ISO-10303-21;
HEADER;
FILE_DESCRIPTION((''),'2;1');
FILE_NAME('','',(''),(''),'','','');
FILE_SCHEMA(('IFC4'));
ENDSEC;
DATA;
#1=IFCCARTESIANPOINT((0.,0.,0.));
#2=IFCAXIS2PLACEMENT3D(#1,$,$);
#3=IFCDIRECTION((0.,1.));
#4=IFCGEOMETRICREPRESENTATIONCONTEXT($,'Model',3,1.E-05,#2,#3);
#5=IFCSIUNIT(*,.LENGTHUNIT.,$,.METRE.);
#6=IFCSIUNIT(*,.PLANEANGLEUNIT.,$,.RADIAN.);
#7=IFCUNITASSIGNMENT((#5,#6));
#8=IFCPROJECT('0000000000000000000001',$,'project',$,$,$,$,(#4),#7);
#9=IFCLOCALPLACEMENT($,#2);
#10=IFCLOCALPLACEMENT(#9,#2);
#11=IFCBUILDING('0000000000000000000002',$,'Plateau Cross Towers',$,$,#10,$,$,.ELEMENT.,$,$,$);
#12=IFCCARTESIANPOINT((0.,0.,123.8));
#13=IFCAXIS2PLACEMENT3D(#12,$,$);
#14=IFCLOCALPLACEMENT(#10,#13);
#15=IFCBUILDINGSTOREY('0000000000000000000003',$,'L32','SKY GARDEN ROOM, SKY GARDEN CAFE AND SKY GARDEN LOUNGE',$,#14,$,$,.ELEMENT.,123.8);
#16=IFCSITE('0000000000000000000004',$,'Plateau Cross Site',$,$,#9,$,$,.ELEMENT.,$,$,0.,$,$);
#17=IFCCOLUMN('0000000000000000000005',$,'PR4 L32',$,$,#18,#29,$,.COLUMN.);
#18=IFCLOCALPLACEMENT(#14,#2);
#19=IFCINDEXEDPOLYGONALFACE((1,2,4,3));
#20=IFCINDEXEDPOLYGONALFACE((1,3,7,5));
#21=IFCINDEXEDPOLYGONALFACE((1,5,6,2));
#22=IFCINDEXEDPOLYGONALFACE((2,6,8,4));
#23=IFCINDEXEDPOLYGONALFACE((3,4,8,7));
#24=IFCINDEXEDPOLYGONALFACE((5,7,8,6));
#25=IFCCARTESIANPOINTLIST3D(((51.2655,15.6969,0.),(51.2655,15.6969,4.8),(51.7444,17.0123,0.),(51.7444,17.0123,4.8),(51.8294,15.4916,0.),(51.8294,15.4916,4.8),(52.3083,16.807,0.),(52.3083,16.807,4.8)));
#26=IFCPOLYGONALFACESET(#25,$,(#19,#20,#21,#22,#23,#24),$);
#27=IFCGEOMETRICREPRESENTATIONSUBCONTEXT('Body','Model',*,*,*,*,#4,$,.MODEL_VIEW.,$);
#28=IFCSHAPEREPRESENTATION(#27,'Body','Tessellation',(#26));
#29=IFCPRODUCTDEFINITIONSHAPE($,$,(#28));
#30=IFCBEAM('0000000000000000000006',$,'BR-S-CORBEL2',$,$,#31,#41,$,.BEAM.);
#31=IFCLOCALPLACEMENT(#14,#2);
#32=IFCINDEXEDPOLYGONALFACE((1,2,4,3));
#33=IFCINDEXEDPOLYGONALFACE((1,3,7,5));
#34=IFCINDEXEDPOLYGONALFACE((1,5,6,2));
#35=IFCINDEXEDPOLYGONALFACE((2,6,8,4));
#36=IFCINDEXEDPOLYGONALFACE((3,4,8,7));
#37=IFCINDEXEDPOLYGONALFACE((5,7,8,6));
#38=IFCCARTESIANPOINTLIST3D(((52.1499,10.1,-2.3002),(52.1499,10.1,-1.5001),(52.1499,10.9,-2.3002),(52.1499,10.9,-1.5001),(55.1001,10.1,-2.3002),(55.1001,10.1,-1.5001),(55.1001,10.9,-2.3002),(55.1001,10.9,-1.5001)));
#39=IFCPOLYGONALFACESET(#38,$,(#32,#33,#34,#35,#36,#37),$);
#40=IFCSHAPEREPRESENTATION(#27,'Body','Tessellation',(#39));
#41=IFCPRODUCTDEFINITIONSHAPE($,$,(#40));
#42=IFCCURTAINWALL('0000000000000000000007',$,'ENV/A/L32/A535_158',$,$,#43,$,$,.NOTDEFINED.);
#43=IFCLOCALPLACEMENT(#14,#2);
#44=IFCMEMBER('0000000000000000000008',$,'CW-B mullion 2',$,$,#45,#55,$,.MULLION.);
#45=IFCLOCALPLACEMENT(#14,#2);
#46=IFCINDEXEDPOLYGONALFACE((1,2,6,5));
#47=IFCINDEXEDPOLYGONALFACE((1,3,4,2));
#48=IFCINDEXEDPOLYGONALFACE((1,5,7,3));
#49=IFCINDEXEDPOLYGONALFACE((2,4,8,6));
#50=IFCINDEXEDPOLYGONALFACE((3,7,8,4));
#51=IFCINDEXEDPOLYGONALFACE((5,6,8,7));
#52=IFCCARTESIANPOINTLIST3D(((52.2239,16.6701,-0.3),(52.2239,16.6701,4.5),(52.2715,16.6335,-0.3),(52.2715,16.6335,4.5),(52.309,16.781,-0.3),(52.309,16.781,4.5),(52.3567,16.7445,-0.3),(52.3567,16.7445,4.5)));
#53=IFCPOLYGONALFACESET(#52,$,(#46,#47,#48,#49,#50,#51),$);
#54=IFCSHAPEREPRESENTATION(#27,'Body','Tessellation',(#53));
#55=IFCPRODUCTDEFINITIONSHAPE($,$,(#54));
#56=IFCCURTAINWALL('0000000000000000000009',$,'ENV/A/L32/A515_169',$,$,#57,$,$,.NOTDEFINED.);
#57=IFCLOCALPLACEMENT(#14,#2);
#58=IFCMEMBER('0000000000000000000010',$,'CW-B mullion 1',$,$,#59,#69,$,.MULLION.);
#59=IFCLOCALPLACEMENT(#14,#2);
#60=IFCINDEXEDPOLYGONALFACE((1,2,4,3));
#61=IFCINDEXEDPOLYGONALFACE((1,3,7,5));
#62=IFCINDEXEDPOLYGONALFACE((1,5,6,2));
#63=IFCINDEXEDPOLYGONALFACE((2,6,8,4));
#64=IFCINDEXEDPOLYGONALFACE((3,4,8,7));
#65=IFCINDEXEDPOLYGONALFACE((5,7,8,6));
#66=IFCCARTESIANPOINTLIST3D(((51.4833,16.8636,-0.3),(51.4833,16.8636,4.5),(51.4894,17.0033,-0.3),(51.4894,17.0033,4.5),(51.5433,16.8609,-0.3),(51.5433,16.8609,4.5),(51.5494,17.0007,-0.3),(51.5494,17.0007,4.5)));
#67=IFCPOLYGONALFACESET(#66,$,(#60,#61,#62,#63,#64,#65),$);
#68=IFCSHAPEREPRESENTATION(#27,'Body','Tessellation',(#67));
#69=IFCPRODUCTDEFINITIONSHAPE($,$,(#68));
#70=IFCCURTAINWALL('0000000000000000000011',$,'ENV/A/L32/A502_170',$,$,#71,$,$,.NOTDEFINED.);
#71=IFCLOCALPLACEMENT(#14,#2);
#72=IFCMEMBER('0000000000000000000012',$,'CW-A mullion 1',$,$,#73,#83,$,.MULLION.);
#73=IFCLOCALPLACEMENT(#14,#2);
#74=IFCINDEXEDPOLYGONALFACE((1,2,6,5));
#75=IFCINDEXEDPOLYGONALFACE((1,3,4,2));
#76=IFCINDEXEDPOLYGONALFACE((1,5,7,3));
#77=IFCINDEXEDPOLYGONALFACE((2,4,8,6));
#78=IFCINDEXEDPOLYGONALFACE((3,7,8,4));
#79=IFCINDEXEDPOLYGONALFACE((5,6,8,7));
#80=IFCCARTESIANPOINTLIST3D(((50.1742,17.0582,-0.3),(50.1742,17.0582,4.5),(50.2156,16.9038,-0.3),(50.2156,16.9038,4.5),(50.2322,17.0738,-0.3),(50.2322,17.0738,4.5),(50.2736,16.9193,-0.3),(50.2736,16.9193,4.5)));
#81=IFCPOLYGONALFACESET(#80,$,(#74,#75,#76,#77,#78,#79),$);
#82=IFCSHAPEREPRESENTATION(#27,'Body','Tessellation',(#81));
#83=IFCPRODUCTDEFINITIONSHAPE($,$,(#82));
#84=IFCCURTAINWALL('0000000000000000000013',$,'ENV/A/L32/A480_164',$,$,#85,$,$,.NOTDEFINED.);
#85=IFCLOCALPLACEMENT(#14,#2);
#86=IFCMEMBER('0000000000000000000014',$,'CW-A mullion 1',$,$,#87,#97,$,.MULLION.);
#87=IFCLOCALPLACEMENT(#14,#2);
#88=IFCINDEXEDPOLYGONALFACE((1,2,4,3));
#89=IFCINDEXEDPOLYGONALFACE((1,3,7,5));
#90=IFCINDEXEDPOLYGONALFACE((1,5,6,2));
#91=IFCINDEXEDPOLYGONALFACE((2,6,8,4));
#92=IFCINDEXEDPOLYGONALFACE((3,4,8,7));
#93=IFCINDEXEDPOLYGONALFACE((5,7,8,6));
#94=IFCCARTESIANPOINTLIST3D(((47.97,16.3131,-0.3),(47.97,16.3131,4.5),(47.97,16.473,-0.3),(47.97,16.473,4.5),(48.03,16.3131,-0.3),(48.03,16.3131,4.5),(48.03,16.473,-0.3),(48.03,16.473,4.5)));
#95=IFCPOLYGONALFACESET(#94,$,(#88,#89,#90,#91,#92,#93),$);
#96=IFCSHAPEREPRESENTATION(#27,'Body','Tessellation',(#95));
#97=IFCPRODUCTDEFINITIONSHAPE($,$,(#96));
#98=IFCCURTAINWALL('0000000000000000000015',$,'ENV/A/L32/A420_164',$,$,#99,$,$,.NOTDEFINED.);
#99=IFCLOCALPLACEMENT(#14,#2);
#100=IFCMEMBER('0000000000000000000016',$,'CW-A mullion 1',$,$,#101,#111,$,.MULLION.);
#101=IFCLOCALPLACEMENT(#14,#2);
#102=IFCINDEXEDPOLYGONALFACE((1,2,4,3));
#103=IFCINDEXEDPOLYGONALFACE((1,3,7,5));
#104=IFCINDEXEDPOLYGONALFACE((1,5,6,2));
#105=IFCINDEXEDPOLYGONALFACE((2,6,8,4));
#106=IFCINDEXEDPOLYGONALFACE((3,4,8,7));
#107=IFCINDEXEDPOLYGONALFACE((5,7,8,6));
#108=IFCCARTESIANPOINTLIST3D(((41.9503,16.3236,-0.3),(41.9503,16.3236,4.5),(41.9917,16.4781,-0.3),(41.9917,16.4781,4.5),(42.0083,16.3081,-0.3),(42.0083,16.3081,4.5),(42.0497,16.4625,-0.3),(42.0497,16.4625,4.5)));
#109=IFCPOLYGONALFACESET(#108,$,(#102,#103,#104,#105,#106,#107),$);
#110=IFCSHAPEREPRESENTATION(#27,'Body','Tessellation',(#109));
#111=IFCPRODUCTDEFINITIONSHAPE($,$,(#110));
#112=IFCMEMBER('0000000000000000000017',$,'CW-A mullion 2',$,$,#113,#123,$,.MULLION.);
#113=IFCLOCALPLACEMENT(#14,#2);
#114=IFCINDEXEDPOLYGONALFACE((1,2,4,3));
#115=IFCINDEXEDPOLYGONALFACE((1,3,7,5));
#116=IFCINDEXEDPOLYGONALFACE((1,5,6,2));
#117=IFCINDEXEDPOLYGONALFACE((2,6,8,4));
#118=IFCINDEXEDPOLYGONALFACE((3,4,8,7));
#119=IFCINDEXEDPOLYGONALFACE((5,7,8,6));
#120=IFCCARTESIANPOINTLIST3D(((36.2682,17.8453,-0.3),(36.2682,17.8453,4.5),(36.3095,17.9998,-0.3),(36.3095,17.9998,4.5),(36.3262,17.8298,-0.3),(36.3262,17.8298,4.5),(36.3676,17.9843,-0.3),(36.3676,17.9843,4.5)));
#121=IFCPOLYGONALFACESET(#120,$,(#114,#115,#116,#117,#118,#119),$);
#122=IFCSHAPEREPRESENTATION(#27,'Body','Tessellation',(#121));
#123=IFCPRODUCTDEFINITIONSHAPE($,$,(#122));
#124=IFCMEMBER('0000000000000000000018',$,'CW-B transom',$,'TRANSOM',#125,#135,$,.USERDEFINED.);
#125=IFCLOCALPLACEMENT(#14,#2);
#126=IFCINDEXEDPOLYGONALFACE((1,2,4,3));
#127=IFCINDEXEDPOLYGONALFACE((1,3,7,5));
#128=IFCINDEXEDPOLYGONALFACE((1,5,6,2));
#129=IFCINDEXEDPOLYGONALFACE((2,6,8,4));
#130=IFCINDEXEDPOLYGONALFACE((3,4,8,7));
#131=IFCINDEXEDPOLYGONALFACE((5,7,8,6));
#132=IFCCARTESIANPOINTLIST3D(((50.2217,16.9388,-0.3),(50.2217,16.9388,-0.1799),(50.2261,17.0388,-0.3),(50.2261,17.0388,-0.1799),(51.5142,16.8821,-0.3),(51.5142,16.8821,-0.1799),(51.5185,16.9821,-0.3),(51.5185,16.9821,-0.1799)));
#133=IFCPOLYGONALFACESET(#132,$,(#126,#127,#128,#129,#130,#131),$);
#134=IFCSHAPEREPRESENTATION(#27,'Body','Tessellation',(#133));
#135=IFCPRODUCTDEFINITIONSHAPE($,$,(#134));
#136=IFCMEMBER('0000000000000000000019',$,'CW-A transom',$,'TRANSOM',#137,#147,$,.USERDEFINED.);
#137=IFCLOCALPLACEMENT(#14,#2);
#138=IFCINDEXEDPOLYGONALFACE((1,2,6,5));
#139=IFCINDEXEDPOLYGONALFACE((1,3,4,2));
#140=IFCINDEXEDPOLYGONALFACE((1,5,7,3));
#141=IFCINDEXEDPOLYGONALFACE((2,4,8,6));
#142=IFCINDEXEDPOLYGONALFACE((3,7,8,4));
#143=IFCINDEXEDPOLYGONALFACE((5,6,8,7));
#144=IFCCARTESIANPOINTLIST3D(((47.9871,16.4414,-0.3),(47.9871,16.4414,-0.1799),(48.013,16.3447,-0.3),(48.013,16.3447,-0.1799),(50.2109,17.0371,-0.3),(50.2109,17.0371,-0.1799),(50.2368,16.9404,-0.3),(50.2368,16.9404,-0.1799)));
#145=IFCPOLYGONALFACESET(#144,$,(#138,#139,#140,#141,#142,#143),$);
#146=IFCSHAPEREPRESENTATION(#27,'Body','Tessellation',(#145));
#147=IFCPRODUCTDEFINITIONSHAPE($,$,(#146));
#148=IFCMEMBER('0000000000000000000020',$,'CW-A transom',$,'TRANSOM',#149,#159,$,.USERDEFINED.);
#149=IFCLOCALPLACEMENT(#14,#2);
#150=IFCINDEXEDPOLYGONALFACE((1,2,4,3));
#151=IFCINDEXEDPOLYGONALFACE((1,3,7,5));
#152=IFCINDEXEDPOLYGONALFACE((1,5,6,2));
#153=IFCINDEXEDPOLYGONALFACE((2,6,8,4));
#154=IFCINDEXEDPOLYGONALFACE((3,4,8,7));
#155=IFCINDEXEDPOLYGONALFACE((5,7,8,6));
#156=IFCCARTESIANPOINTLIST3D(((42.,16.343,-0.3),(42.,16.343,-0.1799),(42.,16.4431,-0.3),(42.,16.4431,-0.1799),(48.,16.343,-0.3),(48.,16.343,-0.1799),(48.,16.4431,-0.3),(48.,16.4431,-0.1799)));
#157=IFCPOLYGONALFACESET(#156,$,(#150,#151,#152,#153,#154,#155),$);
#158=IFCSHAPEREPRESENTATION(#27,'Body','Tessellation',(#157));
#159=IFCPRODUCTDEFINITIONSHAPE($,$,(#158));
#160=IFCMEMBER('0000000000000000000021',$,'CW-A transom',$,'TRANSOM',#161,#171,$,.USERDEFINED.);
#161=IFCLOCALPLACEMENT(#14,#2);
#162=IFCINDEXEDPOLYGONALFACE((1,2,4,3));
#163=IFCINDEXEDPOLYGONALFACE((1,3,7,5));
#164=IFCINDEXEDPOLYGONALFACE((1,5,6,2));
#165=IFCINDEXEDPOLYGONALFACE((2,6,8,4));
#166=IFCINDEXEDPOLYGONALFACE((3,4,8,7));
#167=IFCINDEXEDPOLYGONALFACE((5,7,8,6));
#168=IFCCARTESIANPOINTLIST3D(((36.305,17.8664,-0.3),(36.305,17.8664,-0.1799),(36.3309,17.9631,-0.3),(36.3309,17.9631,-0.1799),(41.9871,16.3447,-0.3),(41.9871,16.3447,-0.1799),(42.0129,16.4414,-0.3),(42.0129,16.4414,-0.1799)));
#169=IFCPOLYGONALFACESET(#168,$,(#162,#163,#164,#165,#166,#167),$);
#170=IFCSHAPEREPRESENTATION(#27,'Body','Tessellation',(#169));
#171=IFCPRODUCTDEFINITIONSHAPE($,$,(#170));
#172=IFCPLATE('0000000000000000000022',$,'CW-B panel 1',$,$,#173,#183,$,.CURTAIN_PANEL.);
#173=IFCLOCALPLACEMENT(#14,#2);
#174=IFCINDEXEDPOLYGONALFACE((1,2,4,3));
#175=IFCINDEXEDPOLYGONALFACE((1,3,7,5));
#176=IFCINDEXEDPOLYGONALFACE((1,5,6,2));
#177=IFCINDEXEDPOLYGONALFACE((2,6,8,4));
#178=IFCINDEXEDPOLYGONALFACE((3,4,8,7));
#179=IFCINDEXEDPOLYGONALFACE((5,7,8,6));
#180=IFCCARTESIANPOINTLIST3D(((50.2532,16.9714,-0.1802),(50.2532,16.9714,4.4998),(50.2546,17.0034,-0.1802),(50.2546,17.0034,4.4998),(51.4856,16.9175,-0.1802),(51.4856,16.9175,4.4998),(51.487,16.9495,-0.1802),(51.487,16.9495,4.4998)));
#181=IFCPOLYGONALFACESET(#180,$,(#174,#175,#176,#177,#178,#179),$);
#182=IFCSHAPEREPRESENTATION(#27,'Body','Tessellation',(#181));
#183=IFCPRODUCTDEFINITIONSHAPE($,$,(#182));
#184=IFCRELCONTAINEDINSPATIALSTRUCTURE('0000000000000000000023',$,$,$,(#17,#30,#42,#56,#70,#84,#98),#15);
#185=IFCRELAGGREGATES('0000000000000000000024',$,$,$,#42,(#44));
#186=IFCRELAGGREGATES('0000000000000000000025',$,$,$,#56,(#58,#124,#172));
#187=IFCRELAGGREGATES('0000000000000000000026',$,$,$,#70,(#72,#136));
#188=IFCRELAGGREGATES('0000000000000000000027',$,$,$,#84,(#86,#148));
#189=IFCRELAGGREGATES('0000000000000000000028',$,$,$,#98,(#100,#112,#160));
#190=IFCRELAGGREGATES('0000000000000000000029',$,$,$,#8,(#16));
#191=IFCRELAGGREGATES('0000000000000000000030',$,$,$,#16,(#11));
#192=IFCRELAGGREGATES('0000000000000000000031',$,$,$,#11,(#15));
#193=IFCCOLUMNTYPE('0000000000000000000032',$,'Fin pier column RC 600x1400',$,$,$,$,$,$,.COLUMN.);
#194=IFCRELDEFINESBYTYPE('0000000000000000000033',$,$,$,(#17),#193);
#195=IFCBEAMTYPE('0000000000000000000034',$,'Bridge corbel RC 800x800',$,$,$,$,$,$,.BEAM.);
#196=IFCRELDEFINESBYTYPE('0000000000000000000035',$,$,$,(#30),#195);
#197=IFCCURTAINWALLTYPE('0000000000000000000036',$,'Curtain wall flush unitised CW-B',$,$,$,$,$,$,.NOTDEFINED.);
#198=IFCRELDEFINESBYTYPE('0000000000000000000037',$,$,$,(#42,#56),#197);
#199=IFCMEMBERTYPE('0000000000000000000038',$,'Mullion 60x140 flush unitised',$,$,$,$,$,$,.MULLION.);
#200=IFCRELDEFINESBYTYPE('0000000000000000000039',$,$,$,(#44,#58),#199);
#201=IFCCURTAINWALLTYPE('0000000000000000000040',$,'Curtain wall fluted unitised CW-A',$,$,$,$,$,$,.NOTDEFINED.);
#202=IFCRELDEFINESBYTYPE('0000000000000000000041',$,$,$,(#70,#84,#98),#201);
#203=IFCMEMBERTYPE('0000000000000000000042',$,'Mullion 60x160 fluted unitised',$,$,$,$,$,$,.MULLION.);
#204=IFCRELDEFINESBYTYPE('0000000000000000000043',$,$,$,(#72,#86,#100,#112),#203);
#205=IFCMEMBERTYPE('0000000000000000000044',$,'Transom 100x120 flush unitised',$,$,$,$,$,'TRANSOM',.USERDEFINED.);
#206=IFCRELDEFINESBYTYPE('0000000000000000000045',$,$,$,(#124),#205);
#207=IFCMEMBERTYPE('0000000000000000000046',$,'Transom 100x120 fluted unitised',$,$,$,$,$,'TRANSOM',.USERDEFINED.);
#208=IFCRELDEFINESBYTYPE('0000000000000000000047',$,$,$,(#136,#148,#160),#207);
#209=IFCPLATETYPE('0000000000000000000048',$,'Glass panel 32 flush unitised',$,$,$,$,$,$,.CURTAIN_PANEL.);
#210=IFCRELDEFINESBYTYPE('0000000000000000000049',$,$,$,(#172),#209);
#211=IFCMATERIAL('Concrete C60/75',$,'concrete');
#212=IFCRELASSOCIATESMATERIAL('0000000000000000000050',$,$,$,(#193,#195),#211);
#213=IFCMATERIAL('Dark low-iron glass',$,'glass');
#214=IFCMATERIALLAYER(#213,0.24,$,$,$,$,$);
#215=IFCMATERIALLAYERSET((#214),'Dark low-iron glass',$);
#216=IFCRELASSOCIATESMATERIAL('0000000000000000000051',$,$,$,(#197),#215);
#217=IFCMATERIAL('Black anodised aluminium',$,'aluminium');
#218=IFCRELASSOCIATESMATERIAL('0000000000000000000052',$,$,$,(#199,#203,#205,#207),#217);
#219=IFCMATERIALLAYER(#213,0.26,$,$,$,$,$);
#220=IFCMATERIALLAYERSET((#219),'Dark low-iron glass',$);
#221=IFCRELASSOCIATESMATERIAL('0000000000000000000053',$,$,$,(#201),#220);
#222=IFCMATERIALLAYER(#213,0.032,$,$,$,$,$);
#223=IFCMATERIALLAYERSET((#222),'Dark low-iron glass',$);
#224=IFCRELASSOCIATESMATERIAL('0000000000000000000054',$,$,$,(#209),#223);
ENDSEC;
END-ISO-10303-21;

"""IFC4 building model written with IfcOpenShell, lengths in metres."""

from ifc_helpers import new_model, si_unit, direction, frame, origin, origin_2d, place, context, subcontext, project, spatial, rectangle, extrude, material, layer, layer_set, material_profile, profile_set, type_object, element, aggregate, save


model = new_model("IFC4")

# Units and contexts
model_context = context("Model", 3, precision=1e-05, world=origin(), true_north=direction((0.0, 1.0)))
body_context = subcontext(model_context, "Body", "Model", "MODEL_VIEW")
ifc_project = project(units=[si_unit("LENGTHUNIT", "METRE"), si_unit("PLANEANGLEUNIT", "RADIAN")], contexts=[model_context])

# Site, building, storey
site_placement = place(None, origin())
site = spatial("IfcSite", under=ifc_project, at=site_placement, Name="Plateau Cross Site", CompositionType="ELEMENT", RefElevation=0.0)
building_placement = place(site_placement, origin())
building = spatial("IfcBuilding", under=site, at=building_placement, Name="Plateau Cross Towers", CompositionType="ELEMENT")
storey_placement = place(building_placement, frame((0.0, 0.0, 123.8)))
storey = spatial("IfcBuildingStorey", under=building, at=storey_placement, Name="L32", Description="SKY GARDEN ROOM, SKY GARDEN CAFE AND SKY GARDEN LOUNGE", CompositionType="ELEMENT", Elevation=123.8)

# Column
ifc_material_1 = material(Name="Concrete C60/75", Category="concrete")
ifc_material_profile_1 = material_profile(ifc_material_1, rectangle(XDim=0.6001, YDim=1.3999, at=origin_2d()), Name="RC 600x1400")
ifc_profile_set_1 = profile_set([ifc_material_profile_1], Name="Concrete C60/75")
column_type = type_object("IfcColumnType", Name="Fin pier column RC 600x1400", PredefinedType="COLUMN", material=ifc_profile_set_1)
column_placement = place(storey_placement, frame((51.7869, 16.252, 0.0), z_axis=(0.0, 0.0, 1.0), x_axis=(-0.939664, 0.342098, 0.0)))
element("IfcColumn", 1, at=column_placement, inside=storey, type_object=column_type, Name="PR4 L32", PredefinedType="COLUMN", context=body_context, shape_type="SweptSolid", body=[
    extrude(rectangle(XDim=0.6001, YDim=1.3999, at=origin_2d()), origin(), (0.0, 0.0, 1.0), 4.8),
])

# Beam
ifc_material_profile_2 = material_profile(ifc_material_1, rectangle(XDim=0.8, YDim=0.8, at=origin_2d()), Name="RC 800x800")
ifc_profile_set_2 = profile_set([ifc_material_profile_2], Name="Concrete C60/75")
beam_type = type_object("IfcBeamType", Name="Bridge corbel RC 800x800", PredefinedType="BEAM", material=ifc_profile_set_2)
beam_placement = place(storey_placement, frame((52.1499, 10.5, -1.9001), z_axis=(1.0, 0.0, 0.0), x_axis=(0.0, 1.0, 0.0)))
element("IfcBeam", 2, at=beam_placement, inside=storey, type_object=beam_type, Name="BR-S-CORBEL2", PredefinedType="BEAM", context=body_context, shape_type="SweptSolid", body=[
    extrude(rectangle(XDim=0.8, YDim=0.8, at=origin_2d()), origin(), (0.0, 0.0, 1.0), 2.9502),
])

# Curtain walls, members
ifc_material_2 = material(Name="Dark low-iron glass", Category="glass")
ifc_layer_1 = layer(ifc_material_2, 0.24)
ifc_layer_set_1 = layer_set([ifc_layer_1], Name="Dark low-iron glass")
curtain_wall_type_1 = type_object("IfcCurtainWallType", Name="Curtain wall flush unitised CW-B", PredefinedType="NOTDEFINED", material=ifc_layer_set_1)
curtain_wall_1_placement = place(storey_placement, origin())
curtain_wall_1 = element("IfcCurtainWall", 3, at=curtain_wall_1_placement, inside=storey, type_object=curtain_wall_type_1, Name="ENV/A/L32/A535_158", PredefinedType="NOTDEFINED")
ifc_material_3 = material(Name="Black anodised aluminium", Category="aluminium")
ifc_material_profile_3 = material_profile(ifc_material_3, rectangle(XDim=0.0601, YDim=0.1399, at=origin_2d()), Name="MULLION 60x140")
ifc_profile_set_3 = profile_set([ifc_material_profile_3], Name="Black anodised aluminium")
member_type_1 = type_object("IfcMemberType", Name="Mullion 60x140 flush unitised", PredefinedType="MULLION", material=ifc_profile_set_3)
member_1_placement = place(storey_placement, frame((52.2903, 16.7073, -0.3), z_axis=(0.0, 0.0, 1.0), x_axis=(-0.793316, 0.608811, 0.0)))
member_1 = element("IfcMember", 4, at=member_1_placement, type_object=member_type_1, Name="CW-B mullion 2", PredefinedType="MULLION", context=body_context, shape_type="SweptSolid", body=[
    extrude(rectangle(XDim=0.0601, YDim=0.1399, at=origin_2d()), origin(), (0.0, 0.0, 1.0), 4.8),
])
aggregate(curtain_wall_1, [member_1])
curtain_wall_2_placement = place(storey_placement, origin())
curtain_wall_2 = element("IfcCurtainWall", 5, at=curtain_wall_2_placement, inside=storey, type_object=curtain_wall_type_1, Name="ENV/A/L32/A515_169", PredefinedType="NOTDEFINED")
member_2_placement = place(storey_placement, frame((51.5164, 16.9321, -0.3), z_axis=(0.0, 0.0, 1.0), x_axis=(-0.999044, 0.043723, 0.0)))
member_2 = element("IfcMember", 6, at=member_2_placement, type_object=member_type_1, Name="CW-B mullion 1", PredefinedType="MULLION", context=body_context, shape_type="SweptSolid", body=[
    extrude(rectangle(XDim=0.0601, YDim=0.1399, at=origin_2d()), origin(), (0.0, 0.0, 1.0), 4.8),
])
ifc_layer_2 = layer(ifc_material_2, 0.26)
ifc_layer_set_2 = layer_set([ifc_layer_2], Name="Dark low-iron glass")
curtain_wall_type_2 = type_object("IfcCurtainWallType", Name="Curtain wall fluted unitised CW-A", PredefinedType="NOTDEFINED", material=ifc_layer_set_2)
curtain_wall_3_placement = place(storey_placement, origin())
curtain_wall_3 = element("IfcCurtainWall", 7, at=curtain_wall_3_placement, inside=storey, type_object=curtain_wall_type_2, Name="ENV/A/L32/A502_170", PredefinedType="NOTDEFINED")
ifc_material_profile_4 = material_profile(ifc_material_3, rectangle(XDim=0.0601, YDim=0.1599, at=origin_2d()), Name="MULLION 60x160")
ifc_profile_set_4 = profile_set([ifc_material_profile_4], Name="Black anodised aluminium")
member_type_2 = type_object("IfcMemberType", Name="Mullion 60x160 fluted unitised", PredefinedType="MULLION", material=ifc_profile_set_4)
member_3_placement = place(storey_placement, frame((50.2239, 16.9888, -0.3), z_axis=(0.0, 0.0, 1.0), x_axis=(-0.965958, -0.258699, 0.0)))
member_3 = element("IfcMember", 8, at=member_3_placement, type_object=member_type_2, Name="CW-A mullion 1", PredefinedType="MULLION", context=body_context, shape_type="SweptSolid", body=[
    extrude(rectangle(XDim=0.0601, YDim=0.1599, at=origin_2d()), origin(), (0.0, 0.0, 1.0), 4.8),
])
curtain_wall_4_placement = place(storey_placement, origin())
curtain_wall_4 = element("IfcCurtainWall", 9, at=curtain_wall_4_placement, inside=storey, type_object=curtain_wall_type_2, Name="ENV/A/L32/A480_164", PredefinedType="NOTDEFINED")
member_4_placement = place(storey_placement, frame((48.0, 16.3931, -0.3), z_axis=(0.0, 0.0, 1.0), x_axis=(-1.0, 0.0, 0.0)))
member_4 = element("IfcMember", 10, at=member_4_placement, type_object=member_type_2, Name="CW-A mullion 1", PredefinedType="MULLION", context=body_context, shape_type="SweptSolid", body=[
    extrude(rectangle(XDim=0.0601, YDim=0.1599, at=origin_2d()), origin(), (0.0, 0.0, 1.0), 4.8),
])

# Curtain wall, members
curtain_wall_5_placement = place(storey_placement, origin())
curtain_wall_5 = element("IfcCurtainWall", 11, at=curtain_wall_5_placement, inside=storey, type_object=curtain_wall_type_2, Name="ENV/A/L32/A420_164", PredefinedType="NOTDEFINED")
member_5_placement = place(storey_placement, frame((42.0, 16.3931, -0.3), z_axis=(0.0, 0.0, 1.0), x_axis=(-0.965958, 0.258699, 0.0)))
member_5 = element("IfcMember", 12, at=member_5_placement, type_object=member_type_2, Name="CW-A mullion 1", PredefinedType="MULLION", context=body_context, shape_type="SweptSolid", body=[
    extrude(rectangle(XDim=0.0601, YDim=0.1599, at=origin_2d()), origin(), (0.0, 0.0, 1.0), 4.8),
])
member_6_placement = place(storey_placement, frame((36.3179, 17.9148, -0.3), z_axis=(0.0, 0.0, 1.0), x_axis=(-0.965958, 0.258699, 0.0)))
member_6 = element("IfcMember", 13, at=member_6_placement, type_object=member_type_2, Name="CW-A mullion 2", PredefinedType="MULLION", context=body_context, shape_type="SweptSolid", body=[
    extrude(rectangle(XDim=0.0601, YDim=0.1599, at=origin_2d()), origin(), (0.0, 0.0, 1.0), 4.8),
])

# Members
ifc_material_profile_5 = material_profile(ifc_material_3, rectangle(XDim=0.1001, YDim=0.1201, at=origin_2d()), Name="TRANSOM 100x120")
ifc_profile_set_5 = profile_set([ifc_material_profile_5], Name="Black anodised aluminium")
member_type_3 = type_object("IfcMemberType", Name="Transom 100x120 flush unitised", ElementType="TRANSOM", PredefinedType="USERDEFINED", material=ifc_profile_set_5)
member_7_placement = place(storey_placement, frame((51.5164, 16.9321, -0.24), z_axis=(-0.999041, 0.043781, 0.0), x_axis=(-0.043781, -0.999041, 0.0)))
member_7 = element("IfcMember", 14, at=member_7_placement, type_object=member_type_3, Name="CW-B transom", ObjectType="TRANSOM", PredefinedType="USERDEFINED", context=body_context, shape_type="SweptSolid", body=[
    extrude(rectangle(XDim=0.1001, YDim=0.1201, at=origin_2d()), origin(), (0.0, 0.0, 1.0), 1.2937),
])
ifc_material_profile_6 = material_profile(ifc_material_3, rectangle(XDim=0.1001, YDim=0.1201, at=origin_2d()), Name="TRANSOM 100x120")
ifc_profile_set_6 = profile_set([ifc_material_profile_6], Name="Black anodised aluminium")
member_type_4 = type_object("IfcMemberType", Name="Transom 100x120 fluted unitised", ElementType="TRANSOM", PredefinedType="USERDEFINED", material=ifc_profile_set_6)
member_8_placement = place(storey_placement, frame((50.2239, 16.9888, -0.24), z_axis=(-0.965946, -0.258745, 0.0), x_axis=(0.258745, -0.965946, 0.0)))
member_8 = element("IfcMember", 15, at=member_8_placement, type_object=member_type_4, Name="CW-A transom", ObjectType="TRANSOM", PredefinedType="USERDEFINED", context=body_context, shape_type="SweptSolid", body=[
    extrude(rectangle(XDim=0.1001, YDim=0.1201, at=origin_2d()), origin(), (0.0, 0.0, 1.0), 2.3022),
])
member_9_placement = place(storey_placement, frame((48.0, 16.3931, -0.24), z_axis=(-1.0, 0.0, 0.0), x_axis=(0.0, -1.0, 0.0)))
member_9 = element("IfcMember", 16, at=member_9_placement, type_object=member_type_4, Name="CW-A transom", ObjectType="TRANSOM", PredefinedType="USERDEFINED", context=body_context, shape_type="SweptSolid", body=[
    extrude(rectangle(XDim=0.1001, YDim=0.1201, at=origin_2d()), origin(), (0.0, 0.0, 1.0), 6.0),
])
member_10_placement = place(storey_placement, frame((42.0, 16.3931, -0.24), z_axis=(-0.96596, 0.258693, 0.0), x_axis=(-0.258693, -0.96596, 0.0)))
member_10 = element("IfcMember", 17, at=member_10_placement, type_object=member_type_4, Name="CW-A transom", ObjectType="TRANSOM", PredefinedType="USERDEFINED", context=body_context, shape_type="SweptSolid", body=[
    extrude(rectangle(XDim=0.1001, YDim=0.1201, at=origin_2d()), origin(), (0.0, 0.0, 1.0), 5.8823),
])

# Plate
ifc_layer_3 = layer(ifc_material_2, 0.032)
ifc_layer_set_3 = layer_set([ifc_layer_3], Name="Dark low-iron glass")
plate_type_1 = type_object("IfcPlateType", Name="Glass panel 32 flush unitised", PredefinedType="CURTAIN_PANEL", material=ifc_layer_set_3)
plate_1_placement = place(storey_placement, frame((50.8701, 16.9604, -0.1802), z_axis=(0.0, 0.0, 1.0), x_axis=(-0.999044, 0.043723, 0.0)))
plate_1 = element("IfcPlate", 18, at=plate_1_placement, type_object=plate_type_1, Name="CW-B panel 1", PredefinedType="CURTAIN_PANEL", context=body_context, shape_type="SweptSolid", body=[
    extrude(rectangle(XDim=1.2336, YDim=0.032, at=origin_2d()), origin(), (0.0, 0.0, 1.0), 4.6799),
])
aggregate(curtain_wall_2, [member_2, member_7, plate_1])
aggregate(curtain_wall_3, [member_3, member_8])
aggregate(curtain_wall_4, [member_4, member_9])
aggregate(curtain_wall_5, [member_5, member_6, member_10])

save(model, "model.ifc")
